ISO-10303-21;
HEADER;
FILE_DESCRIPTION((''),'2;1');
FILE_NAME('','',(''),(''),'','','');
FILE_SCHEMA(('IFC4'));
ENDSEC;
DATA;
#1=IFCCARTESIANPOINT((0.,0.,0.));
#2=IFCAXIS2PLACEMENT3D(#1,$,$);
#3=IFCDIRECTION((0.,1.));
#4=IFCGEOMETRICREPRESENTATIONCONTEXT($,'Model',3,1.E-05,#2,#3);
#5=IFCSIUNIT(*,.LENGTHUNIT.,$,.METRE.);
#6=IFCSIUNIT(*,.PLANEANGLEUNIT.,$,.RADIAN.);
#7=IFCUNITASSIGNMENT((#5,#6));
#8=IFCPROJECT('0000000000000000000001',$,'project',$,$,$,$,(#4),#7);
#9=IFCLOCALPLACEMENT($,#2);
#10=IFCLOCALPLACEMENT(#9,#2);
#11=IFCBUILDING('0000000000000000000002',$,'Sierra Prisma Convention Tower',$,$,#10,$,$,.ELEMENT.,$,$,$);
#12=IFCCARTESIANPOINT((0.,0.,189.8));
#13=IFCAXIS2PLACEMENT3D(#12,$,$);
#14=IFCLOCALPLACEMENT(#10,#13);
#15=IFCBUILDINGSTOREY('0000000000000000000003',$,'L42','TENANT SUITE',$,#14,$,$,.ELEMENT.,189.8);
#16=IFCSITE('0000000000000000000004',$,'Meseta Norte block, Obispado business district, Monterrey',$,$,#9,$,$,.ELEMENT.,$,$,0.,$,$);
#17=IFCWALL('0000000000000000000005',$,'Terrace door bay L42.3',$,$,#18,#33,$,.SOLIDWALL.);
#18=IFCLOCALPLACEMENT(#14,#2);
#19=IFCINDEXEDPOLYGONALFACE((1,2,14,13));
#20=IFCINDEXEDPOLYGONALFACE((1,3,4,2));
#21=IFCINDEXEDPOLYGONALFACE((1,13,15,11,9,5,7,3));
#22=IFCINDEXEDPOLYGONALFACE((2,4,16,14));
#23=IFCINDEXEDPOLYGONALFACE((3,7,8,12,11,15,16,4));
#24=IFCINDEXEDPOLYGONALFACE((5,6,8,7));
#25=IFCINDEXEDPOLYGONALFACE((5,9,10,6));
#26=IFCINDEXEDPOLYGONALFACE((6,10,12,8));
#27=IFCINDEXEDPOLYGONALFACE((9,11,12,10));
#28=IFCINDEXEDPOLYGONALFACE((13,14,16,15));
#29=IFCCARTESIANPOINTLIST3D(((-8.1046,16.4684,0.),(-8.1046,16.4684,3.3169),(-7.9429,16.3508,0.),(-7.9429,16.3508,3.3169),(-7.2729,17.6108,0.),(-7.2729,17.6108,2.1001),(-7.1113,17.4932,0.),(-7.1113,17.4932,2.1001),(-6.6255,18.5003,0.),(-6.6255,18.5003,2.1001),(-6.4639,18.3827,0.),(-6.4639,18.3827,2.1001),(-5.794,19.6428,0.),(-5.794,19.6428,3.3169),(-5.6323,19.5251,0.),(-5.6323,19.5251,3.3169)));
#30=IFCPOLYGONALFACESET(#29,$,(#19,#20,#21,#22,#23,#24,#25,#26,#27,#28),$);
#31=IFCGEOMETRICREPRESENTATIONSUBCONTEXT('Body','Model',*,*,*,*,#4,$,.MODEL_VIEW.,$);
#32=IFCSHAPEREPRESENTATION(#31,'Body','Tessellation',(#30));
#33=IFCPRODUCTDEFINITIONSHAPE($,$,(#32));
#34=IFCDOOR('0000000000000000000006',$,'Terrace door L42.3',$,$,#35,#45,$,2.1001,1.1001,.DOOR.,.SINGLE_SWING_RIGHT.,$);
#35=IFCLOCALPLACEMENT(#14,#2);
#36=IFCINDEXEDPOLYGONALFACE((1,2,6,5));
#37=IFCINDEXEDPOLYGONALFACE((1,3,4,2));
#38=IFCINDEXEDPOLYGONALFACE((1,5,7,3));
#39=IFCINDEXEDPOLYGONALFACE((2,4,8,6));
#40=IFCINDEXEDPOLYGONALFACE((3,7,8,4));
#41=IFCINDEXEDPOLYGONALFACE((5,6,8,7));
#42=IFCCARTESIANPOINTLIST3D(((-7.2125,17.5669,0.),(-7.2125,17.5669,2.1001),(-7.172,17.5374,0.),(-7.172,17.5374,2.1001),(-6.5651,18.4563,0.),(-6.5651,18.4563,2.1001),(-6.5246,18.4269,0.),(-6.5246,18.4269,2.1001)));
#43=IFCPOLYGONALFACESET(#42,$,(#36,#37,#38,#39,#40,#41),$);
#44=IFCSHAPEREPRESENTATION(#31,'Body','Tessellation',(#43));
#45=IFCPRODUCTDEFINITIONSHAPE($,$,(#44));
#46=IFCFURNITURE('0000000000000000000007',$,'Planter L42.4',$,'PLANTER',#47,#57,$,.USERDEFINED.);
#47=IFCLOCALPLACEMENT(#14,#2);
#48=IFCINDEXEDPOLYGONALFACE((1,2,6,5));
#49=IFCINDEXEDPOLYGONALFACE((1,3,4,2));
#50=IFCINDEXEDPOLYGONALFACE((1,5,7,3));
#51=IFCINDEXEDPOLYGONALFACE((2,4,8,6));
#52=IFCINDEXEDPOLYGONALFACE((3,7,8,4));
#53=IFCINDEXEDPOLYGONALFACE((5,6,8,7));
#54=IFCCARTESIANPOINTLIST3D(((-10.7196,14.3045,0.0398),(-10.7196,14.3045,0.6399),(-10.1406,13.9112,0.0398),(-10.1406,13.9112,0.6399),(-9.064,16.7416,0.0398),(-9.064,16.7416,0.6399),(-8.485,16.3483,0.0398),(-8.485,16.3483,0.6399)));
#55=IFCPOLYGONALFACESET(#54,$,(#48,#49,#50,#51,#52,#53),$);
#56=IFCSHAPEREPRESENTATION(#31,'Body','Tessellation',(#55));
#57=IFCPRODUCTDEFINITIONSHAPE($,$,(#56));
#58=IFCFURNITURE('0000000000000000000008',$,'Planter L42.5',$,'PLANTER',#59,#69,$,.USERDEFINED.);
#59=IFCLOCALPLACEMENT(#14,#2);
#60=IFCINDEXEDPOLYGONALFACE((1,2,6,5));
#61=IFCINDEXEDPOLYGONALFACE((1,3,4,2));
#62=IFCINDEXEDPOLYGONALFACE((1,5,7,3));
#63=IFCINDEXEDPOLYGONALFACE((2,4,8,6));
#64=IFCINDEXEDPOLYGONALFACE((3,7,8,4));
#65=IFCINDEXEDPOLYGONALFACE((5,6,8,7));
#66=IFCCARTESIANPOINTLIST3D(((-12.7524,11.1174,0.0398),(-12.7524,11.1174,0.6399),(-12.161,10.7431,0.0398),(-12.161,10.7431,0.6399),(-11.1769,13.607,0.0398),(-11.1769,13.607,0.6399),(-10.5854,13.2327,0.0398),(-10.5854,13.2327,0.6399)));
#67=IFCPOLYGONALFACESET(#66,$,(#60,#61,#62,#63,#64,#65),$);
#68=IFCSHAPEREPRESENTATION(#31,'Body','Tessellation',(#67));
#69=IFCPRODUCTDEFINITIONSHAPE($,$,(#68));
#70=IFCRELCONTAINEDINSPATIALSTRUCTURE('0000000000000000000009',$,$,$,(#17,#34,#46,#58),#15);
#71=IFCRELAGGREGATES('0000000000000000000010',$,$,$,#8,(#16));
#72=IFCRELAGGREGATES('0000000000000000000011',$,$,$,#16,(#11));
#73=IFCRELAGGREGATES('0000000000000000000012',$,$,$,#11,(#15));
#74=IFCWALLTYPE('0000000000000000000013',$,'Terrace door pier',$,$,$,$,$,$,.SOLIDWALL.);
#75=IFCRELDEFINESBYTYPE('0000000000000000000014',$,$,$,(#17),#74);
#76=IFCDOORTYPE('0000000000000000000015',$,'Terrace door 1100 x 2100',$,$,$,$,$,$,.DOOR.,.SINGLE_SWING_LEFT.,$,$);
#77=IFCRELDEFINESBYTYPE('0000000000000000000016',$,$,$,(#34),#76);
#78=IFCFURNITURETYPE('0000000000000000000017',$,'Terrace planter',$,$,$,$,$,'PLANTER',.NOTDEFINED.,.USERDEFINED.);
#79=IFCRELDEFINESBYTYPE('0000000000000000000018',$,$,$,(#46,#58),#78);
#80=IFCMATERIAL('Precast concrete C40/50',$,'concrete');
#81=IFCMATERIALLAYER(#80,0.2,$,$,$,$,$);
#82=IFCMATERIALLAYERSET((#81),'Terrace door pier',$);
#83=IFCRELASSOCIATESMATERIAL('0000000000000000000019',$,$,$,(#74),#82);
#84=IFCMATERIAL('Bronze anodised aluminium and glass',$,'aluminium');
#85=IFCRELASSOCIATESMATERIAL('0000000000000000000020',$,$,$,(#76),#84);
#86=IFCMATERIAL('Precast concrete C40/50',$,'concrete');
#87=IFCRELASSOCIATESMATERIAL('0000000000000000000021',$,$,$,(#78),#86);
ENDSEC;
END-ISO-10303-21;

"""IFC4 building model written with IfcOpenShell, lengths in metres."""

from ifc_helpers import new_model, si_unit, direction, frame, frame_2d, origin, origin_2d, place, context, subcontext, project, spatial, rectangle, extrude, material, layer, layer_set, type_object, element, fill, save


model = new_model("IFC4")

# Units and contexts
model_context = context("Model", 3, precision=1e-05, world=origin(), true_north=direction((0.0, 1.0)))
body_context = subcontext(model_context, "Body", "Model", "MODEL_VIEW")
ifc_project = project(units=[si_unit("LENGTHUNIT", "METRE"), si_unit("PLANEANGLEUNIT", "RADIAN")], contexts=[model_context])

# Site, building, storey
site_placement = place(None, origin())
site = spatial("IfcSite", under=ifc_project, at=site_placement, Name="Meseta Norte block, Obispado business district, Monterrey", CompositionType="ELEMENT", RefElevation=0.0)
building_placement = place(site_placement, origin())
building = spatial("IfcBuilding", under=site, at=building_placement, Name="Sierra Prisma Convention Tower", CompositionType="ELEMENT")
storey_placement = place(building_placement, frame((0.0, 0.0, 189.8)))
storey = spatial("IfcBuildingStorey", under=building, at=storey_placement, Name="L42", Description="TENANT SUITE", CompositionType="ELEMENT", Elevation=189.8)

# Wall, opening, door
ifc_material_1 = material(Name="Precast concrete C40/50", Category="concrete")
ifc_layer_1 = layer(ifc_material_1, 0.2)
ifc_layer_set_1 = layer_set([ifc_layer_1], Name="Terrace door pier")
wall_type_1 = type_object("IfcWallType", Name="Terrace door pier", PredefinedType="SOLIDWALL", material=ifc_layer_set_1)
wall_1_placement = place(storey_placement, frame((-5.7131, 19.584, 0.0), z_axis=(0.0, 0.0, 1.0), x_axis=(-0.588497, -0.808499, 0.0)))
wall_1 = element("IfcWall", 1, at=wall_1_placement, inside=storey, type_object=wall_type_1, Name="Terrace door bay L42.3", PredefinedType="SOLIDWALL", context=body_context, shape_type="SweptSolid", body=[
    extrude(rectangle(XDim=3.9263, YDim=0.2, at=frame_2d((1.9631, 0.0))), origin(), (0.0, 0.0, 1.0), 3.3169),
])
opening_placement = place(wall_1_placement, frame((1.4131, 0.0, 0.0)))
opening = element("IfcOpeningElement", 2, at=opening_placement, cuts=wall_1, PredefinedType="OPENING", context=body_context, shape_type="SweptSolid", body=[
    extrude(rectangle(XDim=1.1001, YDim=2.1001, at=frame_2d((0.55, 1.05))), frame((0.0, 0.1001, 0.0), z_axis=(0.0, -1.0, 0.0), x_axis=(1.0, 0.0, 0.0)), (0.0, 0.0, 1.0), 0.2),
])
ifc_material_2 = material(Name="Bronze anodised aluminium and glass", Category="aluminium")
door_type = type_object("IfcDoorType", Name="Terrace door 1100 x 2100", OperationType="SINGLE_SWING_LEFT", PredefinedType="DOOR", material=ifc_material_2)
door_placement = place(opening_placement, origin())
door = element("IfcDoor", 3, at=door_placement, inside=storey, type_object=door_type, Name="Terrace door L42.3", OperationType="SINGLE_SWING_RIGHT", OverallHeight=2.1001, OverallWidth=1.1001, PredefinedType="DOOR", context=body_context, shape_type="SweptSolid", body=[
    extrude(rectangle(XDim=1.1001, YDim=2.1001, at=frame_2d((0.55, 1.05))), frame((0.0, 0.0249, 0.0), z_axis=(0.0, -1.0, 0.0), x_axis=(1.0, 0.0, 0.0)), (0.0, 0.0, 1.0), 0.05),
])
fill(opening, door)

# Furniture
ifc_material_3 = material(Name="Precast concrete C40/50", Category="concrete")
furniture_type = type_object("IfcFurnitureType", Name="Terrace planter", ElementType="PLANTER", AssemblyPlace="NOTDEFINED", PredefinedType="USERDEFINED", material=ifc_material_3)
for number, where, z_axis, x_axis, name in (
    (4, (-9.6023, 15.3264, 0.0398), (0.0, 0.0, 1.0), (-0.561926, -0.827187, 0.0), "Planter L42.4"),
    (5, (-11.6689, 12.175, 0.0398), (0.0, 0.0, 1.0), (-0.534755, -0.845007, 0.0), "Planter L42.5"),
):
    element("IfcFurniture", number, at=place(storey_placement, frame(where, z_axis=z_axis, x_axis=x_axis)), inside=storey, type_object=furniture_type, Name=name, ObjectType="PLANTER", PredefinedType="USERDEFINED", context=body_context, shape_type="SweptSolid", body=[
        extrude(rectangle(XDim=2.9463, YDim=0.7, at=origin_2d()), origin(), (0.0, 0.0, 1.0), 0.6001),
    ])

save(model, "model.ifc")
